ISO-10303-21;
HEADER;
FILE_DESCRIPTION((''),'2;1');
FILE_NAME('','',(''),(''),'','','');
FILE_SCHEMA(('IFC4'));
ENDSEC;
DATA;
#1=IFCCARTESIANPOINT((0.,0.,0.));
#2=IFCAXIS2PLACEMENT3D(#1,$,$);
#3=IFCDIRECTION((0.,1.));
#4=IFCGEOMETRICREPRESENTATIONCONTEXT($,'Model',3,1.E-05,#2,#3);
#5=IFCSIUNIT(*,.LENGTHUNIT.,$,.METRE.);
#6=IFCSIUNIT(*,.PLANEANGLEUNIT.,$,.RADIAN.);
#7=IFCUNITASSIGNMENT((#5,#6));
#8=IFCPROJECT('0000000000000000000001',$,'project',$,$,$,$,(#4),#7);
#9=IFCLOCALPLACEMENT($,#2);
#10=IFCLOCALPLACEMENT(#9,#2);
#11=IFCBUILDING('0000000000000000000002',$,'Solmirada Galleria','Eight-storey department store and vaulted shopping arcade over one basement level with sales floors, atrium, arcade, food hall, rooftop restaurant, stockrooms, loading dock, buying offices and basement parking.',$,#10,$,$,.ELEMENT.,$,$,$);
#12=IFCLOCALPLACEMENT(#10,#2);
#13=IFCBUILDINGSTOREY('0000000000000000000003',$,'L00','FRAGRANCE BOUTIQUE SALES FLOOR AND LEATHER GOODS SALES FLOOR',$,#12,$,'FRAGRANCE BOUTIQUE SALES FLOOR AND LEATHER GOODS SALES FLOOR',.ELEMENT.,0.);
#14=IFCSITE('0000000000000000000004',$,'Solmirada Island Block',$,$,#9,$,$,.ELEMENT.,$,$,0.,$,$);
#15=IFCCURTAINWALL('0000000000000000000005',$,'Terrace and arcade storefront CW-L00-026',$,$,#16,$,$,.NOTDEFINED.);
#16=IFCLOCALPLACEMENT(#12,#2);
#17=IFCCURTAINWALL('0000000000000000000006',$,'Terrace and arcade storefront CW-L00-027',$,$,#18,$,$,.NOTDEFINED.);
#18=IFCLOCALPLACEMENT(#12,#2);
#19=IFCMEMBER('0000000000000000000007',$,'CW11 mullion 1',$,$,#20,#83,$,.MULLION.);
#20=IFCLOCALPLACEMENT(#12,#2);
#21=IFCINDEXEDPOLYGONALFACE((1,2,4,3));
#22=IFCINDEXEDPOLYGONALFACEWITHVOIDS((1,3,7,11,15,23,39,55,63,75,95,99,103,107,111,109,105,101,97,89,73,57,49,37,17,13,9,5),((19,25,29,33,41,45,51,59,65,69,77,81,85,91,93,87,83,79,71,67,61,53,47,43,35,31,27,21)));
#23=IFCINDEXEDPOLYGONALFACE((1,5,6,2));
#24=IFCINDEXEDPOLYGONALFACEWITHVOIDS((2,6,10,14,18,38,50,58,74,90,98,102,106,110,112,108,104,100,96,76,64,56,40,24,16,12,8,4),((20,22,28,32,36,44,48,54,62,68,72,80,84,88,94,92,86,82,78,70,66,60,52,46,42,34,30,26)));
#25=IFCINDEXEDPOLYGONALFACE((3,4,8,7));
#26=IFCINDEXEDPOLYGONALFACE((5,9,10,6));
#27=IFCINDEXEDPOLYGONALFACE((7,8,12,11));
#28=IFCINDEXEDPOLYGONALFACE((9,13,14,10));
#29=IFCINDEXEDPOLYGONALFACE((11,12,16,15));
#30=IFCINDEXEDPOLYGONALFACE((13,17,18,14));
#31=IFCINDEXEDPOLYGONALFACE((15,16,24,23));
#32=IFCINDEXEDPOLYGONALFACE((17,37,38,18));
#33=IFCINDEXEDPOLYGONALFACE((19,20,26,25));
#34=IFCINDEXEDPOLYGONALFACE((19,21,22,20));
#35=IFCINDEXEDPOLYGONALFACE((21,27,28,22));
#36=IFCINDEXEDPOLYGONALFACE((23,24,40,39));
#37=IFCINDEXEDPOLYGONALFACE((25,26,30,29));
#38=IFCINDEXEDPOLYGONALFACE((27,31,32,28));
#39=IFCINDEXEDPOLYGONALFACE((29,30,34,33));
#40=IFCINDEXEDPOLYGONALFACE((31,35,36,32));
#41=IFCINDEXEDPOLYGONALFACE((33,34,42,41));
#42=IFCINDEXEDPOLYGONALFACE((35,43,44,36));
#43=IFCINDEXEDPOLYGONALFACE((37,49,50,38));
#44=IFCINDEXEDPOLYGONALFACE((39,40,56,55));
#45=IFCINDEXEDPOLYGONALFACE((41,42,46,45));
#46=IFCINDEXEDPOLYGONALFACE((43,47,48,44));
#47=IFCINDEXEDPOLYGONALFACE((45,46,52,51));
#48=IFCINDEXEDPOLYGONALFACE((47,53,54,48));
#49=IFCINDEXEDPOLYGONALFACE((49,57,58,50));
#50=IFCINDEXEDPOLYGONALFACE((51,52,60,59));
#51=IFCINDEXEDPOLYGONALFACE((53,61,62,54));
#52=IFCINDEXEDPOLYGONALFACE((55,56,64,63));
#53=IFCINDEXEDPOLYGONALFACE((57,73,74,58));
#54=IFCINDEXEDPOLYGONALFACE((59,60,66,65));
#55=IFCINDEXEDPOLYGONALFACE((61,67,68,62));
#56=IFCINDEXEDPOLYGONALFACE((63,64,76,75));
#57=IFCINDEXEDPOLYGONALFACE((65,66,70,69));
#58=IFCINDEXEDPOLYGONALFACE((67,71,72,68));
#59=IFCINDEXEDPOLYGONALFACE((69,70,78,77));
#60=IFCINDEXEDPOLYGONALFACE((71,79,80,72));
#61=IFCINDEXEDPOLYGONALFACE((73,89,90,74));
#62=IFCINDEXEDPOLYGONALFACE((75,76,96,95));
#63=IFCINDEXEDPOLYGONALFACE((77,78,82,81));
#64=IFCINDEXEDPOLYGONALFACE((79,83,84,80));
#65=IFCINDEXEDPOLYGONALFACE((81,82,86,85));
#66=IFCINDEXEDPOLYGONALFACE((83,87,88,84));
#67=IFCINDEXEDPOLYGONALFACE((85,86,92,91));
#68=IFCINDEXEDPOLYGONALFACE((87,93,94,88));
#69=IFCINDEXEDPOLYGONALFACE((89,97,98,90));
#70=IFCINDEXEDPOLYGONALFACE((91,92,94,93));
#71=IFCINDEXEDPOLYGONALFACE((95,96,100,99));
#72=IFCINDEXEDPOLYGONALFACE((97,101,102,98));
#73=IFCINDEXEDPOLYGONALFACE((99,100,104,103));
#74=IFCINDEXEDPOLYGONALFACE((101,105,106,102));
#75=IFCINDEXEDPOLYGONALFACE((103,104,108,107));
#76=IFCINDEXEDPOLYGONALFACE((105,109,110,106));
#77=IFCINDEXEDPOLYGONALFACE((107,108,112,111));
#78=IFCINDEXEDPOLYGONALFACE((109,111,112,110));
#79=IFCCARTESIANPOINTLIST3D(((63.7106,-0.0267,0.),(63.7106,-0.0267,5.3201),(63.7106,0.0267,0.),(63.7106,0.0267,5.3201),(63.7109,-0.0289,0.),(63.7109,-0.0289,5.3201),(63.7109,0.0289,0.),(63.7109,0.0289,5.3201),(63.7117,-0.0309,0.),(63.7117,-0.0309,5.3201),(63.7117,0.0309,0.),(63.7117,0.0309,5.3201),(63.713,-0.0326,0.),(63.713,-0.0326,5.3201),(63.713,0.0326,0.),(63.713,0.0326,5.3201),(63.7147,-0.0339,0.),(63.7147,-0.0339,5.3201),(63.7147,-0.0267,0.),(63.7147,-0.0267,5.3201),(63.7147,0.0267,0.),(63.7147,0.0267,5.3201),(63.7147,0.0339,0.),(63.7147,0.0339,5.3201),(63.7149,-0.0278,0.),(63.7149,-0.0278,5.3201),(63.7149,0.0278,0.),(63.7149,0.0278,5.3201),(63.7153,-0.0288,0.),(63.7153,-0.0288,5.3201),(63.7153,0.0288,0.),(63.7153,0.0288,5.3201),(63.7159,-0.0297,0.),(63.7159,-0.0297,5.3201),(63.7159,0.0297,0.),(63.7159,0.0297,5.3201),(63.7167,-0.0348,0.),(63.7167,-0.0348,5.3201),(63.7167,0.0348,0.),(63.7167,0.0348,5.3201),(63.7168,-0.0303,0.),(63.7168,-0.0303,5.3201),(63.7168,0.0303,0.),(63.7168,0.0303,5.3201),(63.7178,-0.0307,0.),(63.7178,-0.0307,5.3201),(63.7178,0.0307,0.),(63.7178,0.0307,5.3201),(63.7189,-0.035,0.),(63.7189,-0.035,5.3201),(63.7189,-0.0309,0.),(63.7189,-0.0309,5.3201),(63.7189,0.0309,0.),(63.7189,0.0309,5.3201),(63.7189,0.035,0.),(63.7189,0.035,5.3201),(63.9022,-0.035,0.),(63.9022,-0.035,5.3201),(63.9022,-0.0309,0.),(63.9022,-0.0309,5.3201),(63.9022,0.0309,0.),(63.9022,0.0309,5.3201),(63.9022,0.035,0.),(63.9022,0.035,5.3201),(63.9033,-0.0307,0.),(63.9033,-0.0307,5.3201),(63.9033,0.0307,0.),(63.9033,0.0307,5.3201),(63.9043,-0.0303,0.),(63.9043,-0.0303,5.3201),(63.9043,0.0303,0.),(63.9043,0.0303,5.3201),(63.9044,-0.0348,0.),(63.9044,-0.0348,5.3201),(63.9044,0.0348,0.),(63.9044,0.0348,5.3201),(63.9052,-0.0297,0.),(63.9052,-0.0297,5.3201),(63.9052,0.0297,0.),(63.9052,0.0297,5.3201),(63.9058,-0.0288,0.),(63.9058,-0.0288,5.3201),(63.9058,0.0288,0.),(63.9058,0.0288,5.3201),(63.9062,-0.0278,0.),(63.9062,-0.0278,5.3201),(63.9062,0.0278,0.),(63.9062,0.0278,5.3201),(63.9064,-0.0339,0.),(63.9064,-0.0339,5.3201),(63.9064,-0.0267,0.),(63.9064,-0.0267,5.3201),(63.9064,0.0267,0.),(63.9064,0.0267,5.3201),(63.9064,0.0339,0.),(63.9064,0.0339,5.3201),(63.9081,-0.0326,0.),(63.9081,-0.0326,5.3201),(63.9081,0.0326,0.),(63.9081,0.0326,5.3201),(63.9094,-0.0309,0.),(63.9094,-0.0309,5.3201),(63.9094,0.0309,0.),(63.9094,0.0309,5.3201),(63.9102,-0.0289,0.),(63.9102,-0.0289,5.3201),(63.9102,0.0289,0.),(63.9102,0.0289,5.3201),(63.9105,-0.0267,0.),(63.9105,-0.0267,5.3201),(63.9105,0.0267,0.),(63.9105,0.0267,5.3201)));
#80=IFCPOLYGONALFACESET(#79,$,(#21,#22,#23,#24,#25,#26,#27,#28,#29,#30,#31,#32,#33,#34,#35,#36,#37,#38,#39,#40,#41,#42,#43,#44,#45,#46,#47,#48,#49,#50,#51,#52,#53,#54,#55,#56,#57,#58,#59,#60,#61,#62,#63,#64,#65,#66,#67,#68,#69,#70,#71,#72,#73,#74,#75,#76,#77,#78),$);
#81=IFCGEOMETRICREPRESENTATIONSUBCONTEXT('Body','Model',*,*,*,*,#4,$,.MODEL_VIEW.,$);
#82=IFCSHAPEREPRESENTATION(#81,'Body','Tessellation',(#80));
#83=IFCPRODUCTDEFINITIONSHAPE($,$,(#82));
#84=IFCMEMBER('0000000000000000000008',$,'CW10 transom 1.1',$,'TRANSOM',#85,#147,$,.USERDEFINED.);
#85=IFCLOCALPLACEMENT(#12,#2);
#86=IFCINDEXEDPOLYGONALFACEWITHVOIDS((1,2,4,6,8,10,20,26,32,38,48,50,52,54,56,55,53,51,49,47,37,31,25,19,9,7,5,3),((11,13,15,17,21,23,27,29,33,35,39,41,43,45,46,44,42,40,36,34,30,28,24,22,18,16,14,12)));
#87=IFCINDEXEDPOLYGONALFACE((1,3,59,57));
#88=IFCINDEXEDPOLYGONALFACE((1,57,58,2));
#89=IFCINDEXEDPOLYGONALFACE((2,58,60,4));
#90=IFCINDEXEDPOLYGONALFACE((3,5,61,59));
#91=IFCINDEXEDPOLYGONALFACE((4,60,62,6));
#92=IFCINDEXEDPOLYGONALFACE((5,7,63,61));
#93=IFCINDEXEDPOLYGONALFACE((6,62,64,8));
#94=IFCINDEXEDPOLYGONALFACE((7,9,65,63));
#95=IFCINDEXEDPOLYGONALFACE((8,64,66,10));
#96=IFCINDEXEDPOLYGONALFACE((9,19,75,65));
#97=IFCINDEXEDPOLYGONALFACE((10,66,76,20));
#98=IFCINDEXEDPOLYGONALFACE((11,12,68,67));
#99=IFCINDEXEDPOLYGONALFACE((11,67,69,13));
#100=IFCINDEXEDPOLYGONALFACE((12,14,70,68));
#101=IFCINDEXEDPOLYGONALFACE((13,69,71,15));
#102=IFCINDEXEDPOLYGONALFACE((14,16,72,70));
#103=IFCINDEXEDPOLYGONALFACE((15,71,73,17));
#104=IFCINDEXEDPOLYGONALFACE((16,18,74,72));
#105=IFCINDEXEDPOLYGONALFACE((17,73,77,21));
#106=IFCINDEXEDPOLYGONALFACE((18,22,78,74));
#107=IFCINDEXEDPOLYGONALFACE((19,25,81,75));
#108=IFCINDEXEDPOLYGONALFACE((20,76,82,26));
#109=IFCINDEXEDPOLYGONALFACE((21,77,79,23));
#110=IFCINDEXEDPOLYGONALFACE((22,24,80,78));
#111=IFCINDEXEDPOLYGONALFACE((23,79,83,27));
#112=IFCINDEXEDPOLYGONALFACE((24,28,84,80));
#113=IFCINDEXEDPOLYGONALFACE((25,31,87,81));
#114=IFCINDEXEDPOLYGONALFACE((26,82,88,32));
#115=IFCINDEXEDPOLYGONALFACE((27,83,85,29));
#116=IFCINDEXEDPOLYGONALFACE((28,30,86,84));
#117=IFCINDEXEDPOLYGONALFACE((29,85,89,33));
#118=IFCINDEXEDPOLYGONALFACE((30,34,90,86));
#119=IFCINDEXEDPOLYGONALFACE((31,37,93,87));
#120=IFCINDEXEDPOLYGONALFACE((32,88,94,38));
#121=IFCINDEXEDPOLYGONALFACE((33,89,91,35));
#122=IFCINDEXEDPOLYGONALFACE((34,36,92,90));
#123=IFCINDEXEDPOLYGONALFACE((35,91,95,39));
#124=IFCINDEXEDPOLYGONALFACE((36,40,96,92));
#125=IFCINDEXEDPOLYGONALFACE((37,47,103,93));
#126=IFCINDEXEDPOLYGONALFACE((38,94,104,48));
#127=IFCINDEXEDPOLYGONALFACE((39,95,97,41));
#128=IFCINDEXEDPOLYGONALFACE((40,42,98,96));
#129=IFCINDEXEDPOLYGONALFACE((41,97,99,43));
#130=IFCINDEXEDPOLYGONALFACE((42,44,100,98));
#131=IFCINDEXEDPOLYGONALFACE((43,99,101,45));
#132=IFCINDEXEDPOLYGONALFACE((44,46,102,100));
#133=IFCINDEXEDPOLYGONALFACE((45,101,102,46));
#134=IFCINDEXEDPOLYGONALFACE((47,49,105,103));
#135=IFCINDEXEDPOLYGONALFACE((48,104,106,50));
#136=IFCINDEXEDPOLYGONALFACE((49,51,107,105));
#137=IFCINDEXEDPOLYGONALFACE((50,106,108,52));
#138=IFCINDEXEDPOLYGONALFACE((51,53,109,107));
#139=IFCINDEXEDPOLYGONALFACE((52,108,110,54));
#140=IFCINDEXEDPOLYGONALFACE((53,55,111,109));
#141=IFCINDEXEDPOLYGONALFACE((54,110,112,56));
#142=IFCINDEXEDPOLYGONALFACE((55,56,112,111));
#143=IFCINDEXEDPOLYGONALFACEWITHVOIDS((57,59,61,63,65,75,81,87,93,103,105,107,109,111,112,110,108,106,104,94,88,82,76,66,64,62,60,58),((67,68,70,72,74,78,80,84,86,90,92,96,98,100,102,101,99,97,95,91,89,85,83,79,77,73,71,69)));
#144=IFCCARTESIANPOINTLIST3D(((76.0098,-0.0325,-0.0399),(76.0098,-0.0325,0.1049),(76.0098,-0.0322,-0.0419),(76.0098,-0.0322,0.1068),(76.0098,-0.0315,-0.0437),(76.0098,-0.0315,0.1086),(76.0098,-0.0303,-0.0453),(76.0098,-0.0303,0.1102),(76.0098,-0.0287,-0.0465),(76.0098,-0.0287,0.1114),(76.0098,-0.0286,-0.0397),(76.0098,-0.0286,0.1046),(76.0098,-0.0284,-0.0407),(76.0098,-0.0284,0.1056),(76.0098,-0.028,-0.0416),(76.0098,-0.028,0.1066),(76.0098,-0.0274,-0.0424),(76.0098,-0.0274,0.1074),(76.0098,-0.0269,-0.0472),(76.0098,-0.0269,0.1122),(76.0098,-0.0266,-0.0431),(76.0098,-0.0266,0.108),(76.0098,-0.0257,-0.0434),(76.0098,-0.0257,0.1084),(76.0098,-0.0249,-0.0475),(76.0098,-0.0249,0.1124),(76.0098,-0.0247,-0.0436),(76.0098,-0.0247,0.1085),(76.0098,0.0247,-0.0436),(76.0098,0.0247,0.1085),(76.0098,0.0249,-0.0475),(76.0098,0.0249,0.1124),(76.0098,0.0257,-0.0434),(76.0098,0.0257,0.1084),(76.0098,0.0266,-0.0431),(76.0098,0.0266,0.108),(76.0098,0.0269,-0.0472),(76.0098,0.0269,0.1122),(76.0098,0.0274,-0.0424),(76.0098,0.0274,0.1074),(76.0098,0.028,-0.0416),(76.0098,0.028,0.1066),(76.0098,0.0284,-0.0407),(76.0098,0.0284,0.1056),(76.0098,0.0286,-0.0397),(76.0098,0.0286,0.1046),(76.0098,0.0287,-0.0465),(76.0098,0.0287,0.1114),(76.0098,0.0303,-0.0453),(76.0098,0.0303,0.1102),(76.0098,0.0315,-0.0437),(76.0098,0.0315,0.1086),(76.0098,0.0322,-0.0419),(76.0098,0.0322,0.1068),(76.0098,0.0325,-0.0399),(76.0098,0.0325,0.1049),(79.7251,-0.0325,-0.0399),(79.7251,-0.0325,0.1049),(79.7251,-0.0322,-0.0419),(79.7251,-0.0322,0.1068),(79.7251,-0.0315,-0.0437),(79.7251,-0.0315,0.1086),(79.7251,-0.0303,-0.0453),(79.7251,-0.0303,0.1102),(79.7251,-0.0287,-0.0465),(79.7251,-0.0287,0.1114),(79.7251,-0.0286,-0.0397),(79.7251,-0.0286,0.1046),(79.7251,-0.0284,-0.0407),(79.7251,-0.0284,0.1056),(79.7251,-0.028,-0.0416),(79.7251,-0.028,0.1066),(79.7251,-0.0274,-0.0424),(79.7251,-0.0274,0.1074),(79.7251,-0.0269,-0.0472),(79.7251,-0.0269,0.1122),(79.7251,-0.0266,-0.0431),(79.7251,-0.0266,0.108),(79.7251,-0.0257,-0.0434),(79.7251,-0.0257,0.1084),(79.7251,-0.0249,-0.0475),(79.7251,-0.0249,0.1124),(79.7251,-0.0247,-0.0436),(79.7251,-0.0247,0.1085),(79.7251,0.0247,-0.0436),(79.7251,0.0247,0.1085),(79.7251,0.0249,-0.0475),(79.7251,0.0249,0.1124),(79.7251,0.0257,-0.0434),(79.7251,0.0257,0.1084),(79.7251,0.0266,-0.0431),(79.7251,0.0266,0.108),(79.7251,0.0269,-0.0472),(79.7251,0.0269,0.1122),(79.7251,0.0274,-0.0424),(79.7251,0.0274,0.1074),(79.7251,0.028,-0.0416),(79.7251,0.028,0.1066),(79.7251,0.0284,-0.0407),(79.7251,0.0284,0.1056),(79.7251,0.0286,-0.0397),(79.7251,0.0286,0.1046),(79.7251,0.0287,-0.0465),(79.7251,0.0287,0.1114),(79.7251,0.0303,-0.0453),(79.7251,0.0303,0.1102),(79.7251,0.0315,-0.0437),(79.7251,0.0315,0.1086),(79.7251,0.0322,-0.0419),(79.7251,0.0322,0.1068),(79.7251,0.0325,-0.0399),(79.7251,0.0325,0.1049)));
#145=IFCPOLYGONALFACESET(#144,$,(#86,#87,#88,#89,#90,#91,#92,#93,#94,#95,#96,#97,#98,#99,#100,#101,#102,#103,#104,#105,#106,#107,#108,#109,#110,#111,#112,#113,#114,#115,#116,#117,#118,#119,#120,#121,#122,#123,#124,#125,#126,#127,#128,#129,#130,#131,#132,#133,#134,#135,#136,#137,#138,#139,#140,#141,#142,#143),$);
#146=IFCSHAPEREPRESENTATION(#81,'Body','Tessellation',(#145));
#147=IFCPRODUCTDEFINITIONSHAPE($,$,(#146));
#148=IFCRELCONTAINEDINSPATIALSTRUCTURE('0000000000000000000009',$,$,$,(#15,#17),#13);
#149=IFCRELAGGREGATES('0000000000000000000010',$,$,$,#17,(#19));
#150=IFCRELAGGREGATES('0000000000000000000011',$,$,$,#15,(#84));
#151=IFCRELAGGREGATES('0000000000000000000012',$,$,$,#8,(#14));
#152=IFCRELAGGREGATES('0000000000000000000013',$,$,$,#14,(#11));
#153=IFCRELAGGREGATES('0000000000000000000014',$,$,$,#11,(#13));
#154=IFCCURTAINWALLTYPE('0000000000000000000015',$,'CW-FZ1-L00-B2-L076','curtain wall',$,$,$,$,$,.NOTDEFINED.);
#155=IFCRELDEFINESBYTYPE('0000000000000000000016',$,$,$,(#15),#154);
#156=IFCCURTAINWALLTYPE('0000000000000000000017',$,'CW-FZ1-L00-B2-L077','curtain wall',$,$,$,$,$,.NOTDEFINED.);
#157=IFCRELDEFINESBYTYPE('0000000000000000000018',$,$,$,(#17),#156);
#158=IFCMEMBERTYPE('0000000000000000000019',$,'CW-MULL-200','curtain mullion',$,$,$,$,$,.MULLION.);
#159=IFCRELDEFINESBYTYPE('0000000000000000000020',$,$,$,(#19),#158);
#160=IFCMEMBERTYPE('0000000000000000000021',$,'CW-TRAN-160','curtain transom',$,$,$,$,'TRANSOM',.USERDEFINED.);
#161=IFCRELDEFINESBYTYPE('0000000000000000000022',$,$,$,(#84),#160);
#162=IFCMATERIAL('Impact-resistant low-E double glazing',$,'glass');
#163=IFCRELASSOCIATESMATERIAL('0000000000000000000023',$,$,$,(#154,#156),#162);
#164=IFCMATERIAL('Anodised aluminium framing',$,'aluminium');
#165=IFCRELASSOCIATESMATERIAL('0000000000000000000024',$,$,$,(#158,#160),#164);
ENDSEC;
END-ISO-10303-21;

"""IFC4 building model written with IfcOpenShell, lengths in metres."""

from ifc_helpers import new_model, si_unit, direction, frame, origin, origin_2d, place, context, subcontext, project, spatial, hollow_rectangle, extrude, material, material_profile, profile_set, type_object, element, aggregate, save


model = new_model("IFC4")

# Units and contexts
model_context = context("Model", 3, precision=1e-05, world=origin(), true_north=direction((0.0, 1.0)))
body_context = subcontext(model_context, "Body", "Model", "MODEL_VIEW")
ifc_project = project(units=[si_unit("LENGTHUNIT", "METRE"), si_unit("PLANEANGLEUNIT", "RADIAN")], contexts=[model_context])

# Site, building, storey
site_placement = place(None, origin())
site = spatial("IfcSite", under=ifc_project, at=site_placement, Name="Solmirada Island Block", CompositionType="ELEMENT", RefElevation=0.0)
building_placement = place(site_placement, origin())
building = spatial("IfcBuilding", under=site, at=building_placement, Name="Solmirada Galleria", Description="Eight-storey department store and vaulted shopping arcade over one basement level with sales floors, atrium, arcade, food hall, rooftop restaurant, stockrooms, loading dock, buying offices and basement parking.", CompositionType="ELEMENT")
storey_placement = place(building_placement, origin())
storey = spatial("IfcBuildingStorey", under=building, at=storey_placement, Name="L00", Description="FRAGRANCE BOUTIQUE SALES FLOOR AND LEATHER GOODS SALES FLOOR", LongName="FRAGRANCE BOUTIQUE SALES FLOOR AND LEATHER GOODS SALES FLOOR", CompositionType="ELEMENT", Elevation=0.0)

# Curtain wall
ifc_material_1 = material(Name="Impact-resistant low-E double glazing", Category="glass")
curtain_wall_type_1 = type_object("IfcCurtainWallType", Name="CW-FZ1-L00-B2-L076", Description="curtain wall", PredefinedType="NOTDEFINED", material=ifc_material_1)
curtain_wall_1_placement = place(storey_placement, origin())
curtain_wall_1 = element("IfcCurtainWall", 1, at=curtain_wall_1_placement, inside=storey, type_object=curtain_wall_type_1, Name="Terrace and arcade storefront CW-L00-026", PredefinedType="NOTDEFINED")
ifc_material_2 = material(Name="Anodised aluminium framing", Category="aluminium")
ifc_material_profile_1 = material_profile(ifc_material_2, hollow_rectangle(XDim=0.0701, YDim=0.2, WallThickness=0.0042, InnerFilletRadius=0.0042, OuterFilletRadius=0.0083, at=origin_2d()), Name="ALU-MULL-200X70")
ifc_profile_set_1 = profile_set([ifc_material_profile_1], Name="Anodised aluminium framing")
member_type_1 = type_object("IfcMemberType", Name="CW-MULL-200", Description="curtain mullion", PredefinedType="MULLION", material=ifc_profile_set_1)

# Curtain wall, member
curtain_wall_type_2 = type_object("IfcCurtainWallType", Name="CW-FZ1-L00-B2-L077", Description="curtain wall", PredefinedType="NOTDEFINED", material=ifc_material_1)
curtain_wall_2_placement = place(storey_placement, origin())
curtain_wall_2 = element("IfcCurtainWall", 2, at=curtain_wall_2_placement, inside=storey, type_object=curtain_wall_type_2, Name="Terrace and arcade storefront CW-L00-027", PredefinedType="NOTDEFINED")
member_1_placement = place(storey_placement, frame((63.8105, 0.0, 0.0), z_axis=(0.0, 0.0, 1.0), x_axis=(0.0, -1.0, 0.0)))
member_1 = element("IfcMember", 3, at=member_1_placement, type_object=member_type_1, Name="CW11 mullion 1", PredefinedType="MULLION", context=body_context, shape_type="SweptSolid", body=[
    extrude(hollow_rectangle(XDim=0.0701, YDim=0.2, WallThickness=0.0042, InnerFilletRadius=0.0042, OuterFilletRadius=0.0083, at=origin_2d()), origin(), (0.0, 0.0, 1.0), 5.3201),
])

# Member
ifc_material_profile_2 = material_profile(ifc_material_2, hollow_rectangle(XDim=0.0649, YDim=0.1599, WallThickness=0.0039, InnerFilletRadius=0.0039, OuterFilletRadius=0.0076, at=origin_2d()), Name="ALU-TRAN-160X65")
ifc_profile_set_2 = profile_set([ifc_material_profile_2], Name="Anodised aluminium framing")
member_type_2 = type_object("IfcMemberType", Name="CW-TRAN-160", Description="curtain transom", ElementType="TRANSOM", PredefinedType="USERDEFINED", material=ifc_profile_set_2)
member_2_placement = place(storey_placement, frame((79.7251, 0.0, 0.0325), z_axis=(-1.0, 0.0, 0.0), x_axis=(0.0, -1.0, 0.0)))
member_2 = element("IfcMember", 4, at=member_2_placement, type_object=member_type_2, Name="CW10 transom 1.1", ObjectType="TRANSOM", PredefinedType="USERDEFINED", context=body_context, shape_type="SweptSolid", body=[
    extrude(hollow_rectangle(XDim=0.0649, YDim=0.1599, WallThickness=0.0039, InnerFilletRadius=0.0039, OuterFilletRadius=0.0076, at=origin_2d()), origin(), (0.0, 0.0, 1.0), 3.7153),
])
aggregate(curtain_wall_2, [member_1])

aggregate(curtain_wall_1, [member_2])

save(model, "model.ifc")
